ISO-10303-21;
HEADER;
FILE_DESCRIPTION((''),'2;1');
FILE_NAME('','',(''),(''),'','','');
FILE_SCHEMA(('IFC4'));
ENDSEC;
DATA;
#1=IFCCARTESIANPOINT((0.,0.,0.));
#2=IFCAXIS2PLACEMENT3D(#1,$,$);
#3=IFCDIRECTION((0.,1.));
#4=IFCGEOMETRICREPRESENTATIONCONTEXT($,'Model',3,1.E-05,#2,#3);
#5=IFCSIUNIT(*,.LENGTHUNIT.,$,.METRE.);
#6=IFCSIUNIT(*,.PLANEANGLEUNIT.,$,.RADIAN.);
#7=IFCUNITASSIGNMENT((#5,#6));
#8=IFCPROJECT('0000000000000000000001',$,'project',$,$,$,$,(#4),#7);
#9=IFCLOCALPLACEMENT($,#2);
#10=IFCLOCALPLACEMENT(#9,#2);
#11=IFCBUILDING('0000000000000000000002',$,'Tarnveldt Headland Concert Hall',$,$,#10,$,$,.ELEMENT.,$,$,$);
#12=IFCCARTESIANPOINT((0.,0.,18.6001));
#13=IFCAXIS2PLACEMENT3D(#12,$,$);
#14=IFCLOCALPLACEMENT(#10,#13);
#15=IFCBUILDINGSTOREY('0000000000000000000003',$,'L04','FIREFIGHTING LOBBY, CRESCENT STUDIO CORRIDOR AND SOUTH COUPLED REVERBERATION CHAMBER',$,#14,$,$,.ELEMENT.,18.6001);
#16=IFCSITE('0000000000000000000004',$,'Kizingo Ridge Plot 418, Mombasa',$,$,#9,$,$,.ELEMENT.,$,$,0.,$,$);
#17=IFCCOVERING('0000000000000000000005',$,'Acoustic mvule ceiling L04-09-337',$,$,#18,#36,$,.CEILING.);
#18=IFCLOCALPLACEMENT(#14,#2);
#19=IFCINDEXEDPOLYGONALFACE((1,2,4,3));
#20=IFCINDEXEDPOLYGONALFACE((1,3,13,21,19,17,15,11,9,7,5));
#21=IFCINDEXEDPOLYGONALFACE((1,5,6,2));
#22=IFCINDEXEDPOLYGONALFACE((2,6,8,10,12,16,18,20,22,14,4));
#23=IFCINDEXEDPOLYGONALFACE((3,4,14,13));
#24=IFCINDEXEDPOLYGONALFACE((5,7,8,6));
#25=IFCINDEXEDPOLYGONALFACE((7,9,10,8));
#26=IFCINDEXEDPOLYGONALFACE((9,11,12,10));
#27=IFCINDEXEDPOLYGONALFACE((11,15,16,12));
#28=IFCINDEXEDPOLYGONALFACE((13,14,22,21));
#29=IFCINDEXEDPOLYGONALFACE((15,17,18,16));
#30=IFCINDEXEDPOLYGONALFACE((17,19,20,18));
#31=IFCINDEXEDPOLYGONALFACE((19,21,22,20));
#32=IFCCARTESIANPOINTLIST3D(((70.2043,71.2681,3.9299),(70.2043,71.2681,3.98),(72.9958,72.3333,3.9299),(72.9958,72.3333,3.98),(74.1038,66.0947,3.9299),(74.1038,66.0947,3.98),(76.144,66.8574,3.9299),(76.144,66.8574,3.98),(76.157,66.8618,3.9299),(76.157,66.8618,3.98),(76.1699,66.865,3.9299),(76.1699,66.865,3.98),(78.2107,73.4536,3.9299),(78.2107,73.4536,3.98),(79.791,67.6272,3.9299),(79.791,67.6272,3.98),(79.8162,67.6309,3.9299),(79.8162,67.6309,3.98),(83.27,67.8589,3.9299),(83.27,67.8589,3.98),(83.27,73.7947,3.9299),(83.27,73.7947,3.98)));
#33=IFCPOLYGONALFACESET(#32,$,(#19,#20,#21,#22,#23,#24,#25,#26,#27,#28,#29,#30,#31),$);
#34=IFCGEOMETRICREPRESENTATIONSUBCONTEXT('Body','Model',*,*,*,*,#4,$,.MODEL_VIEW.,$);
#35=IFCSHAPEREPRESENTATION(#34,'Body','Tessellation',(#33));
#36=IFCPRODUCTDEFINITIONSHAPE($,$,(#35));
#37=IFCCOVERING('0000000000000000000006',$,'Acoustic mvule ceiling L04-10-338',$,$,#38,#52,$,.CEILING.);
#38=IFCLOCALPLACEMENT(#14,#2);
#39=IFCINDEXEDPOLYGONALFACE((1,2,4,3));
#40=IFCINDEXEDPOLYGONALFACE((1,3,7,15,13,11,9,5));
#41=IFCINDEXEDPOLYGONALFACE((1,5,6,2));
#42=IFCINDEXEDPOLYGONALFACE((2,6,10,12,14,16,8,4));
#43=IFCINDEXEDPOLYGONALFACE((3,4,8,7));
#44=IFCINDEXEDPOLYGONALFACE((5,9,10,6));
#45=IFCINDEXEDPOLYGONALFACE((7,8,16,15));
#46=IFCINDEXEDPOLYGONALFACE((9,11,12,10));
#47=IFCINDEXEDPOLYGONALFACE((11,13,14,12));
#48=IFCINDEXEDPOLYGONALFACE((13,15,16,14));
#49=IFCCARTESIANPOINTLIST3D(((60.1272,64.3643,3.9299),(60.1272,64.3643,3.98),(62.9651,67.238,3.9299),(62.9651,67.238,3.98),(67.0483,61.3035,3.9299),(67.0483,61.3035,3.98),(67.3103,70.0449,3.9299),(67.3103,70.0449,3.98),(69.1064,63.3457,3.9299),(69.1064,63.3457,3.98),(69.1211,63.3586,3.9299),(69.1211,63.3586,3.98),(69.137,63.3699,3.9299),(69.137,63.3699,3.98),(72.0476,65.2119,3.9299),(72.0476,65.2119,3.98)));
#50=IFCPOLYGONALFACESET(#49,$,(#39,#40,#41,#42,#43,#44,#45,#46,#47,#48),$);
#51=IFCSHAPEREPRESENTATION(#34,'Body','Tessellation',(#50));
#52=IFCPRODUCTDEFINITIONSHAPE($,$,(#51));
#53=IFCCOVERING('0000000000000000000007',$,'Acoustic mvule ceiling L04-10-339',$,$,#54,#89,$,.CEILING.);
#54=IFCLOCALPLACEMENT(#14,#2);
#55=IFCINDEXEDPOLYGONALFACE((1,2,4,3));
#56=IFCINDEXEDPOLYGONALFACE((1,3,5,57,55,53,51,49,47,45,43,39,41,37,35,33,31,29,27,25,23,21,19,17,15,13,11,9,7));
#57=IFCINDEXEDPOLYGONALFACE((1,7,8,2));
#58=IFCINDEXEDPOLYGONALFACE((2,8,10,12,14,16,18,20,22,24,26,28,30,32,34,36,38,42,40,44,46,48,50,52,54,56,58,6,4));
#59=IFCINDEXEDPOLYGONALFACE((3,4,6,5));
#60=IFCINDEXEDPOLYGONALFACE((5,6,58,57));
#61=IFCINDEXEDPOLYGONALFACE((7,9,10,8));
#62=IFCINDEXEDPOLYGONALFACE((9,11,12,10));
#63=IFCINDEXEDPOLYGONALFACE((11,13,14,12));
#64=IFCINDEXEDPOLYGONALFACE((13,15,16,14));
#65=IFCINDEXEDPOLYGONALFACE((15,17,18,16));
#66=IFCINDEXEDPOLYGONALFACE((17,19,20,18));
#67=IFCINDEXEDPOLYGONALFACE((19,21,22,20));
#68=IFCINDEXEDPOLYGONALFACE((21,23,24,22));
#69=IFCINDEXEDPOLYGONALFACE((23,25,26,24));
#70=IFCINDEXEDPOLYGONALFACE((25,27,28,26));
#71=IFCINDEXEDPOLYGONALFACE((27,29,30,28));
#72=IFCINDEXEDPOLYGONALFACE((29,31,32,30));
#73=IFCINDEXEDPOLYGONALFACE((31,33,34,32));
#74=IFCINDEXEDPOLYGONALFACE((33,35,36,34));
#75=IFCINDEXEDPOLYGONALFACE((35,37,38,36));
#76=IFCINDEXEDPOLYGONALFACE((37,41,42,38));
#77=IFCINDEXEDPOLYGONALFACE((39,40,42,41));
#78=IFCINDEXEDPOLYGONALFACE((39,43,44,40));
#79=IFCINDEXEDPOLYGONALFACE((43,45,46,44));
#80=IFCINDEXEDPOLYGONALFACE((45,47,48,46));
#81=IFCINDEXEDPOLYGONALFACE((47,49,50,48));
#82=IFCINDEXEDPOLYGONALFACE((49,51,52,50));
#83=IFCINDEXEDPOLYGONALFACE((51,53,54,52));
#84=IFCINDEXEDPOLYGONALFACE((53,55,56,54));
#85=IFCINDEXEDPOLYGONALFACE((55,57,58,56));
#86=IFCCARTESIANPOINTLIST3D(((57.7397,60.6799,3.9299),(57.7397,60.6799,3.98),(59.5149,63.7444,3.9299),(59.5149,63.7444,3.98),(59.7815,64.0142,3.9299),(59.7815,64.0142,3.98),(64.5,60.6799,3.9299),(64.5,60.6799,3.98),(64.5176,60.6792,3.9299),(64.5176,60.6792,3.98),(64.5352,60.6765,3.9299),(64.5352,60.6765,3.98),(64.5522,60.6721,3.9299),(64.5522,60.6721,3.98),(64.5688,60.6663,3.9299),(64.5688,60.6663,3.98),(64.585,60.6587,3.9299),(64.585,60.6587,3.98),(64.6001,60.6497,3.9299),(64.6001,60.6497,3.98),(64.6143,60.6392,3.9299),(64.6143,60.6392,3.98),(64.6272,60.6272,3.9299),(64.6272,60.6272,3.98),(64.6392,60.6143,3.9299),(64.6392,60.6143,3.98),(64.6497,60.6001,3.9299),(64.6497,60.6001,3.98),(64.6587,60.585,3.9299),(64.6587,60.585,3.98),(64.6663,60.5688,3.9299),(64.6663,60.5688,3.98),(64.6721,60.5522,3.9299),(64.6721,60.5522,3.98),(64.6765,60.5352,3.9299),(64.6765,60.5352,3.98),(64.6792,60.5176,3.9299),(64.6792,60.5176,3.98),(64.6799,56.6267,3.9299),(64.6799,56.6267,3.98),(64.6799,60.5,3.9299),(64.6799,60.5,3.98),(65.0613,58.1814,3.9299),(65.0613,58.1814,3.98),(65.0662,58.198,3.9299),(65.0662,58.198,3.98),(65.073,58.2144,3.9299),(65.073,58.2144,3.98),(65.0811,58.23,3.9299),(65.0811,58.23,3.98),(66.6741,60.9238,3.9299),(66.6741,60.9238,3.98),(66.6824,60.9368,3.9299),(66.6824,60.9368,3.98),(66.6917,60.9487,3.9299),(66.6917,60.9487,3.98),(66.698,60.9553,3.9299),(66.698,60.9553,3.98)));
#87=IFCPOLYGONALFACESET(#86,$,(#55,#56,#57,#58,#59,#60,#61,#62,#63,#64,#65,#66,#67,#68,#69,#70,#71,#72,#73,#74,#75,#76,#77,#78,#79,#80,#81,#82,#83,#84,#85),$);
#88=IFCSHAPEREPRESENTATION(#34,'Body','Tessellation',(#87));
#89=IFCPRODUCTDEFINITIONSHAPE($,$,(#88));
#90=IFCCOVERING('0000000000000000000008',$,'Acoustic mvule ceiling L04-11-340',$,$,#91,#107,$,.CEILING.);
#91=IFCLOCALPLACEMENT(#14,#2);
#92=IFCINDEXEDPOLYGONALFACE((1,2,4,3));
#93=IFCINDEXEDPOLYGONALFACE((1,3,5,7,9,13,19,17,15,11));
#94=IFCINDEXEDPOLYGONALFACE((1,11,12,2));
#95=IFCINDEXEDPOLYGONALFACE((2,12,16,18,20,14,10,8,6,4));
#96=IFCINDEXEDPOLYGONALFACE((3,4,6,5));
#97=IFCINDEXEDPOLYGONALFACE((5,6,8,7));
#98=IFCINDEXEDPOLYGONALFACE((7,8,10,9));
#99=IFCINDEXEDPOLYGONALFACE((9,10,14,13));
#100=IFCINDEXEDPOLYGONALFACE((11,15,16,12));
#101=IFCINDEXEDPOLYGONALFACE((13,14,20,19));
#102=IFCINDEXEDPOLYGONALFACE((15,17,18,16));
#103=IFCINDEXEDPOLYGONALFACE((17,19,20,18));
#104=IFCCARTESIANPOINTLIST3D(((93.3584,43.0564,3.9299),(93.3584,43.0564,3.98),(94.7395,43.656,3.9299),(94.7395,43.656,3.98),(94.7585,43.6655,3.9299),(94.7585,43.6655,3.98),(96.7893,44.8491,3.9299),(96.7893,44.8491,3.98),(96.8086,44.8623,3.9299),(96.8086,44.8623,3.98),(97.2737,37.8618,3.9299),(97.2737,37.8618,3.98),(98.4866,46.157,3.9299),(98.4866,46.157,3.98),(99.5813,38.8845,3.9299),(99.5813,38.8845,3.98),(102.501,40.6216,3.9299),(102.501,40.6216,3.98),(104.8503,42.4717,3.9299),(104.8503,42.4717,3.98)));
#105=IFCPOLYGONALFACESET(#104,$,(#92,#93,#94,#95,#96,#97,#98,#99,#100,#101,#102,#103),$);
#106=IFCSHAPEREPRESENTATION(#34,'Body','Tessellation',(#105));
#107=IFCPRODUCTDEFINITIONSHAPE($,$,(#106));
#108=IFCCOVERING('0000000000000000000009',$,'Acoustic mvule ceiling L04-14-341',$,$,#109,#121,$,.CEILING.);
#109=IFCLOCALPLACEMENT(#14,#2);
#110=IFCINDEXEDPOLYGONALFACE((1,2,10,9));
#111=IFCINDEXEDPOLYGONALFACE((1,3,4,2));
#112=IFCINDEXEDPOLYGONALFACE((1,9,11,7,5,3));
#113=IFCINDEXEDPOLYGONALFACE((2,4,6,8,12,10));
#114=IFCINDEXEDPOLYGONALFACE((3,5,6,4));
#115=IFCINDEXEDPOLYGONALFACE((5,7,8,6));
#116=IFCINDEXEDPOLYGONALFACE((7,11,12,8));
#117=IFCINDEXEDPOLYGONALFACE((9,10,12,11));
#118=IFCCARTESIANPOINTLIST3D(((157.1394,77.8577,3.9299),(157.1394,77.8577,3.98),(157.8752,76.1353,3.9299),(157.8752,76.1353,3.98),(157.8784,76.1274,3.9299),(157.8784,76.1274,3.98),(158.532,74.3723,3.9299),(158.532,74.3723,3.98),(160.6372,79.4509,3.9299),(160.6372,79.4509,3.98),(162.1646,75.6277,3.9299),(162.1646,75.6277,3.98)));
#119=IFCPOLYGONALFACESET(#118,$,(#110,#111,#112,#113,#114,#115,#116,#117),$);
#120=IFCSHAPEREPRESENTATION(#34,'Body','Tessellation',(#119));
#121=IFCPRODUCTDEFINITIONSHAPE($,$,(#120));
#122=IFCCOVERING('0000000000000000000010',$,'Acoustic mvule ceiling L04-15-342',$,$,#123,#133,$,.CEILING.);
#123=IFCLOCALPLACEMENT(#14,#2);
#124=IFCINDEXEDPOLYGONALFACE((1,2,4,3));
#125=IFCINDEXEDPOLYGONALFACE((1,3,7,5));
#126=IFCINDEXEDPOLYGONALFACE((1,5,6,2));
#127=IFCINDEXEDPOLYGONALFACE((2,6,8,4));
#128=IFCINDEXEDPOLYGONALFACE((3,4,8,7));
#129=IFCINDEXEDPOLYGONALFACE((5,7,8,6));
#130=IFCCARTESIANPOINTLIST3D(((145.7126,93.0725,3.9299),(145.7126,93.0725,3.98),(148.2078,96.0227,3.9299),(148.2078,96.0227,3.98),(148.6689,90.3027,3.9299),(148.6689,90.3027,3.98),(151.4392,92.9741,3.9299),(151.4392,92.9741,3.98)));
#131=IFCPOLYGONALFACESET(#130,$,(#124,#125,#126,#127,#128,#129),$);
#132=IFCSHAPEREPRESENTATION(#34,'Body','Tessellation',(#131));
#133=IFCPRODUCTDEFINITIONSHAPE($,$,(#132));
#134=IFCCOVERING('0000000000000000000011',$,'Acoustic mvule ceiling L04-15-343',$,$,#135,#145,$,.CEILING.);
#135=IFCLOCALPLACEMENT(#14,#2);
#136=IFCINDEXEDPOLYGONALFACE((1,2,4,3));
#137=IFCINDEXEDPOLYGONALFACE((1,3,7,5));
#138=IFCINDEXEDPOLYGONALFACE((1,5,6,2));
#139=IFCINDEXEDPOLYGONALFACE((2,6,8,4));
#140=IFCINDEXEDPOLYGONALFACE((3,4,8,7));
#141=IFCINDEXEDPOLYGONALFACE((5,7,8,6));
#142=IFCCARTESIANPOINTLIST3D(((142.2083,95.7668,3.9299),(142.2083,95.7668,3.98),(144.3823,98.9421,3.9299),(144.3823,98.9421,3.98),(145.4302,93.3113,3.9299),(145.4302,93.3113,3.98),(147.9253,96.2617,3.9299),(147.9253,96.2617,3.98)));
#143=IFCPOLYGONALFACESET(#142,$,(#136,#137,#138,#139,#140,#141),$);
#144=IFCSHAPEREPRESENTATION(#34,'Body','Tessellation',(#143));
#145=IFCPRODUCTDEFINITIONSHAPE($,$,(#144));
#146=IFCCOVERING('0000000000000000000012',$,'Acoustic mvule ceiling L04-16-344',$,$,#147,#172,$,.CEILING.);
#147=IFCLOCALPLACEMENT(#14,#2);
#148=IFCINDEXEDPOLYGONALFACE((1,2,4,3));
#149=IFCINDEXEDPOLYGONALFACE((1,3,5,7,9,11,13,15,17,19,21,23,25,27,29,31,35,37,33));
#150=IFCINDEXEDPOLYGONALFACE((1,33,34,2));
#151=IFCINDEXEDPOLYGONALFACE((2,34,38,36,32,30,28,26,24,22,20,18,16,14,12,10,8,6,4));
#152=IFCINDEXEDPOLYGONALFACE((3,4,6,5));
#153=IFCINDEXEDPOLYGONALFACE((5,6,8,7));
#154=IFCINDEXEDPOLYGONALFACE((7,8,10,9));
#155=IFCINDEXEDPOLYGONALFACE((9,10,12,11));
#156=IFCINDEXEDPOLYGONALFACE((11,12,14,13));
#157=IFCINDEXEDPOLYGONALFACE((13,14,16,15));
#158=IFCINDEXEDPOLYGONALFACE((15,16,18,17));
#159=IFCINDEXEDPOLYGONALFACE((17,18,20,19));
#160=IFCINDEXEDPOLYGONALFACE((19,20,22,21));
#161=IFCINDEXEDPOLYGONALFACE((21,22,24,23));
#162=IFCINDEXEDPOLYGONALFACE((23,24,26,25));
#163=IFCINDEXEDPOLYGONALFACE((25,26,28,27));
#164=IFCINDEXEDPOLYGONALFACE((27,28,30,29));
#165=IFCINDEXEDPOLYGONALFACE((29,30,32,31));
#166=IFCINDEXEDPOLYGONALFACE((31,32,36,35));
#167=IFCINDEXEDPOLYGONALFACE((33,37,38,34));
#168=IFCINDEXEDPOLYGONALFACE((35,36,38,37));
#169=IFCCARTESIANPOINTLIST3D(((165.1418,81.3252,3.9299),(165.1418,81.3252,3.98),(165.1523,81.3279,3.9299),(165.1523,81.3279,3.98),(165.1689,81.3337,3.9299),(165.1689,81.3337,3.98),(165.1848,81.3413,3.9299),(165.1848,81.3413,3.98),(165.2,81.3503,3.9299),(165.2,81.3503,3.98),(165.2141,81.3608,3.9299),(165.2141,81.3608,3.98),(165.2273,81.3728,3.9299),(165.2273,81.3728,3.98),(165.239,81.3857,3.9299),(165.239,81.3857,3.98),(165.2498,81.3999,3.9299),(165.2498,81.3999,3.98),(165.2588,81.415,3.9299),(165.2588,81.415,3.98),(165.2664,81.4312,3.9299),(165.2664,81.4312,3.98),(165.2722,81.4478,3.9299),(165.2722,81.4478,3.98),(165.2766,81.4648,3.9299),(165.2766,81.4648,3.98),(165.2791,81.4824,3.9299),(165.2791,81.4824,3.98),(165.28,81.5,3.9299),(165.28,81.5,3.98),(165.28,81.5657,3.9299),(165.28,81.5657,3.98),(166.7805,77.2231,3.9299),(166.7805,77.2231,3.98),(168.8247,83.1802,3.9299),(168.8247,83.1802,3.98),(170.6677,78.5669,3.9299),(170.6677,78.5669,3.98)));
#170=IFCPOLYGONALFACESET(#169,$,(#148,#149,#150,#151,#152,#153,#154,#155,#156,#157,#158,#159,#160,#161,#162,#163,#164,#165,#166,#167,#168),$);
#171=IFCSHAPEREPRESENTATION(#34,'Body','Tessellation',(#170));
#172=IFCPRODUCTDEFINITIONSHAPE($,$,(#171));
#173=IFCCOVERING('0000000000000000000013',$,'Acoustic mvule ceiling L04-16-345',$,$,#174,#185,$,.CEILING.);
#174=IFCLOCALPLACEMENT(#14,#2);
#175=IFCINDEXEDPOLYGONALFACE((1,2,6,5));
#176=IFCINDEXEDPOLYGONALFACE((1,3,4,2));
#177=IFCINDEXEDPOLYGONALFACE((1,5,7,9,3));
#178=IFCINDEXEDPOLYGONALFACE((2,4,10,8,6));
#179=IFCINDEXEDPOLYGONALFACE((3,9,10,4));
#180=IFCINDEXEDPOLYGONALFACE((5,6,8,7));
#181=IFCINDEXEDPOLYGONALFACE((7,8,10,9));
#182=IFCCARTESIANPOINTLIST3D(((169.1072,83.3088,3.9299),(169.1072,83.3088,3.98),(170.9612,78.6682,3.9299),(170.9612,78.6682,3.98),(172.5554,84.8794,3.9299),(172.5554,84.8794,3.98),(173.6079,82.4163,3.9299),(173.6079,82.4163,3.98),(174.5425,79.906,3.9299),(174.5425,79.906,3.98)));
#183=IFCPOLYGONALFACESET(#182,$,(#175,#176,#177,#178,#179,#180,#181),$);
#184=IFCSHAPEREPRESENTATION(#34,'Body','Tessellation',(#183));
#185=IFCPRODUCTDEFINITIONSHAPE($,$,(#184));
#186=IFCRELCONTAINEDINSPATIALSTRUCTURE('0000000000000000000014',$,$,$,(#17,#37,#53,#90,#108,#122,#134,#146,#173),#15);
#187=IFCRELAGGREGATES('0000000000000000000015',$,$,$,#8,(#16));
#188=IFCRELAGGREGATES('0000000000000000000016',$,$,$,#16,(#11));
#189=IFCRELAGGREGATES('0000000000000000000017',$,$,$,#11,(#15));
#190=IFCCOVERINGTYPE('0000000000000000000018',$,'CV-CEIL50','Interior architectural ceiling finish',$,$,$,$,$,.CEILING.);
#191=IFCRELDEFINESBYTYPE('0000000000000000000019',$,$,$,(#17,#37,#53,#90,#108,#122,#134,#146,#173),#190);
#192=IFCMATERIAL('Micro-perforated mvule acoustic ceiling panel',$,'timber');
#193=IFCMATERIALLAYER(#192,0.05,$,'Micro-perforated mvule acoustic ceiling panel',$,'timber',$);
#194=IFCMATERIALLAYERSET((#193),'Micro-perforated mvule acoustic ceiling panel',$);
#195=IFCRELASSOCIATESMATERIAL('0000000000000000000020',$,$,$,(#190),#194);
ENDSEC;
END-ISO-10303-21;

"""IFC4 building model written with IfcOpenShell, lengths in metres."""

from ifc_helpers import new_model, si_unit, direction, frame, origin, place, context, subcontext, project, spatial, polyline, outline, extrude, material, layer, layer_set, type_object, element, save


model = new_model("IFC4")

# Units and contexts
model_context = context("Model", 3, precision=1e-05, world=origin(), true_north=direction((0.0, 1.0)))
body_context = subcontext(model_context, "Body", "Model", "MODEL_VIEW")
ifc_project = project(units=[si_unit("LENGTHUNIT", "METRE"), si_unit("PLANEANGLEUNIT", "RADIAN")], contexts=[model_context])

# Site, building, storey
site_placement = place(None, origin())
site = spatial("IfcSite", under=ifc_project, at=site_placement, Name="Kizingo Ridge Plot 418, Mombasa", CompositionType="ELEMENT", RefElevation=0.0)
building_placement = place(site_placement, origin())
building = spatial("IfcBuilding", under=site, at=building_placement, Name="Tarnveldt Headland Concert Hall", CompositionType="ELEMENT")
storey_placement = place(building_placement, frame((0.0, 0.0, 18.6001)))
storey = spatial("IfcBuildingStorey", under=building, at=storey_placement, Name="L04", Description="FIREFIGHTING LOBBY, CRESCENT STUDIO CORRIDOR AND SOUTH COUPLED REVERBERATION CHAMBER", CompositionType="ELEMENT", Elevation=18.6001)

# Coverings
ifc_material_1 = material(Name="Micro-perforated mvule acoustic ceiling panel", Category="timber")
ifc_layer_1 = layer(ifc_material_1, 0.05, Name="Micro-perforated mvule acoustic ceiling panel", Category="timber")
ifc_layer_set_1 = layer_set([ifc_layer_1], Name="Micro-perforated mvule acoustic ceiling panel")
covering_type_1 = type_object("IfcCoveringType", Name="CV-CEIL50", Description="Interior architectural ceiling finish", PredefinedType="CEILING", material=ifc_layer_set_1)
covering_1_placement = place(storey_placement, frame((0.0, 0.0, 3.9299)))
element("IfcCovering", 1, at=covering_1_placement, inside=storey, type_object=covering_type_1, Name="Acoustic mvule ceiling L04-09-337", PredefinedType="CEILING", context=body_context, shape_type="SweptSolid", body=[
    extrude(outline(polyline([(76.1699, 66.865), (76.157, 66.8618), (76.144, 66.8574), (74.1038, 66.0947), (70.2043, 71.2681), (72.9958, 72.3333), (78.2107, 73.4536), (83.27, 73.7947), (83.27, 67.8589), (79.8162, 67.6309), (79.791, 67.6272), (76.1699, 66.865)])), origin(), (0.0, 0.0, 1.0), 0.05),
])
covering_2_placement = place(storey_placement, frame((0.0, 0.0, 3.9299)))
element("IfcCovering", 2, at=covering_2_placement, inside=storey, type_object=covering_type_1, Name="Acoustic mvule ceiling L04-10-338", PredefinedType="CEILING", context=body_context, shape_type="SweptSolid", body=[
    extrude(outline(polyline([(72.0476, 65.2119), (69.137, 63.3699), (69.1211, 63.3586), (69.1064, 63.3457), (67.0483, 61.3035), (60.1272, 64.3643), (62.9651, 67.238), (67.3103, 70.0449), (72.0476, 65.2119)])), origin(), (0.0, 0.0, 1.0), 0.05),
])
covering_3_placement = place(storey_placement, frame((0.0, 0.0, 3.9299)))
element("IfcCovering", 3, at=covering_3_placement, inside=storey, type_object=covering_type_1, Name="Acoustic mvule ceiling L04-10-339", PredefinedType="CEILING", context=body_context, shape_type="SweptSolid", body=[
    extrude(outline(polyline([(66.6824, 60.9368), (66.6741, 60.9238), (65.0811, 58.23), (65.073, 58.2144), (65.0662, 58.198), (65.0613, 58.1814), (64.6799, 56.6267), (64.6799, 60.5), (64.6792, 60.5176), (64.6765, 60.5352), (64.6721, 60.5522), (64.6663, 60.5688), (64.6587, 60.585), (64.6497, 60.6001), (64.6392, 60.6143), (64.6272, 60.6272), (64.6143, 60.6392), (64.6001, 60.6497), (64.585, 60.6587), (64.5688, 60.6663), (64.5522, 60.6721), (64.5352, 60.6765), (64.5176, 60.6792), (64.5, 60.6799), (57.7397, 60.6799), (59.5149, 63.7444), (59.7815, 64.0142), (66.698, 60.9553), (66.6917, 60.9487), (66.6824, 60.9368)])), origin(), (0.0, 0.0, 1.0), 0.05),
])
covering_4_placement = place(storey_placement, frame((0.0, 0.0, 3.9299)))
element("IfcCovering", 4, at=covering_4_placement, inside=storey, type_object=covering_type_1, Name="Acoustic mvule ceiling L04-11-340", PredefinedType="CEILING", context=body_context, shape_type="SweptSolid", body=[
    extrude(outline(polyline([(94.7585, 43.6655), (96.7893, 44.8491), (96.8086, 44.8623), (98.4866, 46.157), (104.8503, 42.4717), (102.501, 40.6216), (99.5813, 38.8845), (97.2737, 37.8618), (93.3584, 43.0564), (94.7395, 43.656), (94.7585, 43.6655)])), origin(), (0.0, 0.0, 1.0), 0.05),
])
covering_5_placement = place(storey_placement, frame((0.0, 0.0, 3.9299)))
element("IfcCovering", 5, at=covering_5_placement, inside=storey, type_object=covering_type_1, Name="Acoustic mvule ceiling L04-14-341", PredefinedType="CEILING", context=body_context, shape_type="SweptSolid", body=[
    extrude(outline(polyline([(157.8784, 76.1274), (157.8752, 76.1353), (157.1394, 77.8577), (160.6372, 79.4509), (162.1646, 75.6277), (158.532, 74.3723), (157.8784, 76.1274)])), origin(), (0.0, 0.0, 1.0), 0.05),
])
covering_6_placement = place(storey_placement, frame((0.0, 0.0, 3.9299)))
element("IfcCovering", 6, at=covering_6_placement, inside=storey, type_object=covering_type_1, Name="Acoustic mvule ceiling L04-15-342", PredefinedType="CEILING", context=body_context, shape_type="SweptSolid", body=[
    extrude(outline(polyline([(145.7126, 93.0725), (148.2078, 96.0227), (151.4392, 92.9741), (148.6689, 90.3027), (145.7126, 93.0725)])), origin(), (0.0, 0.0, 1.0), 0.05),
])
covering_7_placement = place(storey_placement, frame((0.0, 0.0, 3.9299)))
element("IfcCovering", 7, at=covering_7_placement, inside=storey, type_object=covering_type_1, Name="Acoustic mvule ceiling L04-15-343", PredefinedType="CEILING", context=body_context, shape_type="SweptSolid", body=[
    extrude(outline(polyline([(147.9253, 96.2617), (145.4302, 93.3113), (142.2083, 95.7668), (144.3823, 98.9421), (147.9253, 96.2617)])), origin(), (0.0, 0.0, 1.0), 0.05),
])
covering_8_placement = place(storey_placement, frame((0.0, 0.0, 3.9299)))
element("IfcCovering", 8, at=covering_8_placement, inside=storey, type_object=covering_type_1, Name="Acoustic mvule ceiling L04-16-344", PredefinedType="CEILING", context=body_context, shape_type="SweptSolid", body=[
    extrude(outline(polyline([(165.1848, 81.3413), (165.2, 81.3503), (165.2141, 81.3608), (165.2273, 81.3728), (165.239, 81.3857), (165.2498, 81.3999), (165.2588, 81.415), (165.2664, 81.4312), (165.2722, 81.4478), (165.2766, 81.4648), (165.2791, 81.4824), (165.28, 81.5), (165.28, 81.5657), (168.8247, 83.1802), (170.6677, 78.5669), (166.7805, 77.2231), (165.1418, 81.3252), (165.1523, 81.3279), (165.1689, 81.3337), (165.1848, 81.3413)])), origin(), (0.0, 0.0, 1.0), 0.05),
])
covering_9_placement = place(storey_placement, frame((0.0, 0.0, 3.9299)))
element("IfcCovering", 9, at=covering_9_placement, inside=storey, type_object=covering_type_1, Name="Acoustic mvule ceiling L04-16-345", PredefinedType="CEILING", context=body_context, shape_type="SweptSolid", body=[
    extrude(outline(polyline([(173.6079, 82.4163), (174.5425, 79.906), (170.9612, 78.6682), (169.1072, 83.3088), (172.5554, 84.8794), (173.6079, 82.4163)])), origin(), (0.0, 0.0, 1.0), 0.05),
])

save(model, "model.ifc")
